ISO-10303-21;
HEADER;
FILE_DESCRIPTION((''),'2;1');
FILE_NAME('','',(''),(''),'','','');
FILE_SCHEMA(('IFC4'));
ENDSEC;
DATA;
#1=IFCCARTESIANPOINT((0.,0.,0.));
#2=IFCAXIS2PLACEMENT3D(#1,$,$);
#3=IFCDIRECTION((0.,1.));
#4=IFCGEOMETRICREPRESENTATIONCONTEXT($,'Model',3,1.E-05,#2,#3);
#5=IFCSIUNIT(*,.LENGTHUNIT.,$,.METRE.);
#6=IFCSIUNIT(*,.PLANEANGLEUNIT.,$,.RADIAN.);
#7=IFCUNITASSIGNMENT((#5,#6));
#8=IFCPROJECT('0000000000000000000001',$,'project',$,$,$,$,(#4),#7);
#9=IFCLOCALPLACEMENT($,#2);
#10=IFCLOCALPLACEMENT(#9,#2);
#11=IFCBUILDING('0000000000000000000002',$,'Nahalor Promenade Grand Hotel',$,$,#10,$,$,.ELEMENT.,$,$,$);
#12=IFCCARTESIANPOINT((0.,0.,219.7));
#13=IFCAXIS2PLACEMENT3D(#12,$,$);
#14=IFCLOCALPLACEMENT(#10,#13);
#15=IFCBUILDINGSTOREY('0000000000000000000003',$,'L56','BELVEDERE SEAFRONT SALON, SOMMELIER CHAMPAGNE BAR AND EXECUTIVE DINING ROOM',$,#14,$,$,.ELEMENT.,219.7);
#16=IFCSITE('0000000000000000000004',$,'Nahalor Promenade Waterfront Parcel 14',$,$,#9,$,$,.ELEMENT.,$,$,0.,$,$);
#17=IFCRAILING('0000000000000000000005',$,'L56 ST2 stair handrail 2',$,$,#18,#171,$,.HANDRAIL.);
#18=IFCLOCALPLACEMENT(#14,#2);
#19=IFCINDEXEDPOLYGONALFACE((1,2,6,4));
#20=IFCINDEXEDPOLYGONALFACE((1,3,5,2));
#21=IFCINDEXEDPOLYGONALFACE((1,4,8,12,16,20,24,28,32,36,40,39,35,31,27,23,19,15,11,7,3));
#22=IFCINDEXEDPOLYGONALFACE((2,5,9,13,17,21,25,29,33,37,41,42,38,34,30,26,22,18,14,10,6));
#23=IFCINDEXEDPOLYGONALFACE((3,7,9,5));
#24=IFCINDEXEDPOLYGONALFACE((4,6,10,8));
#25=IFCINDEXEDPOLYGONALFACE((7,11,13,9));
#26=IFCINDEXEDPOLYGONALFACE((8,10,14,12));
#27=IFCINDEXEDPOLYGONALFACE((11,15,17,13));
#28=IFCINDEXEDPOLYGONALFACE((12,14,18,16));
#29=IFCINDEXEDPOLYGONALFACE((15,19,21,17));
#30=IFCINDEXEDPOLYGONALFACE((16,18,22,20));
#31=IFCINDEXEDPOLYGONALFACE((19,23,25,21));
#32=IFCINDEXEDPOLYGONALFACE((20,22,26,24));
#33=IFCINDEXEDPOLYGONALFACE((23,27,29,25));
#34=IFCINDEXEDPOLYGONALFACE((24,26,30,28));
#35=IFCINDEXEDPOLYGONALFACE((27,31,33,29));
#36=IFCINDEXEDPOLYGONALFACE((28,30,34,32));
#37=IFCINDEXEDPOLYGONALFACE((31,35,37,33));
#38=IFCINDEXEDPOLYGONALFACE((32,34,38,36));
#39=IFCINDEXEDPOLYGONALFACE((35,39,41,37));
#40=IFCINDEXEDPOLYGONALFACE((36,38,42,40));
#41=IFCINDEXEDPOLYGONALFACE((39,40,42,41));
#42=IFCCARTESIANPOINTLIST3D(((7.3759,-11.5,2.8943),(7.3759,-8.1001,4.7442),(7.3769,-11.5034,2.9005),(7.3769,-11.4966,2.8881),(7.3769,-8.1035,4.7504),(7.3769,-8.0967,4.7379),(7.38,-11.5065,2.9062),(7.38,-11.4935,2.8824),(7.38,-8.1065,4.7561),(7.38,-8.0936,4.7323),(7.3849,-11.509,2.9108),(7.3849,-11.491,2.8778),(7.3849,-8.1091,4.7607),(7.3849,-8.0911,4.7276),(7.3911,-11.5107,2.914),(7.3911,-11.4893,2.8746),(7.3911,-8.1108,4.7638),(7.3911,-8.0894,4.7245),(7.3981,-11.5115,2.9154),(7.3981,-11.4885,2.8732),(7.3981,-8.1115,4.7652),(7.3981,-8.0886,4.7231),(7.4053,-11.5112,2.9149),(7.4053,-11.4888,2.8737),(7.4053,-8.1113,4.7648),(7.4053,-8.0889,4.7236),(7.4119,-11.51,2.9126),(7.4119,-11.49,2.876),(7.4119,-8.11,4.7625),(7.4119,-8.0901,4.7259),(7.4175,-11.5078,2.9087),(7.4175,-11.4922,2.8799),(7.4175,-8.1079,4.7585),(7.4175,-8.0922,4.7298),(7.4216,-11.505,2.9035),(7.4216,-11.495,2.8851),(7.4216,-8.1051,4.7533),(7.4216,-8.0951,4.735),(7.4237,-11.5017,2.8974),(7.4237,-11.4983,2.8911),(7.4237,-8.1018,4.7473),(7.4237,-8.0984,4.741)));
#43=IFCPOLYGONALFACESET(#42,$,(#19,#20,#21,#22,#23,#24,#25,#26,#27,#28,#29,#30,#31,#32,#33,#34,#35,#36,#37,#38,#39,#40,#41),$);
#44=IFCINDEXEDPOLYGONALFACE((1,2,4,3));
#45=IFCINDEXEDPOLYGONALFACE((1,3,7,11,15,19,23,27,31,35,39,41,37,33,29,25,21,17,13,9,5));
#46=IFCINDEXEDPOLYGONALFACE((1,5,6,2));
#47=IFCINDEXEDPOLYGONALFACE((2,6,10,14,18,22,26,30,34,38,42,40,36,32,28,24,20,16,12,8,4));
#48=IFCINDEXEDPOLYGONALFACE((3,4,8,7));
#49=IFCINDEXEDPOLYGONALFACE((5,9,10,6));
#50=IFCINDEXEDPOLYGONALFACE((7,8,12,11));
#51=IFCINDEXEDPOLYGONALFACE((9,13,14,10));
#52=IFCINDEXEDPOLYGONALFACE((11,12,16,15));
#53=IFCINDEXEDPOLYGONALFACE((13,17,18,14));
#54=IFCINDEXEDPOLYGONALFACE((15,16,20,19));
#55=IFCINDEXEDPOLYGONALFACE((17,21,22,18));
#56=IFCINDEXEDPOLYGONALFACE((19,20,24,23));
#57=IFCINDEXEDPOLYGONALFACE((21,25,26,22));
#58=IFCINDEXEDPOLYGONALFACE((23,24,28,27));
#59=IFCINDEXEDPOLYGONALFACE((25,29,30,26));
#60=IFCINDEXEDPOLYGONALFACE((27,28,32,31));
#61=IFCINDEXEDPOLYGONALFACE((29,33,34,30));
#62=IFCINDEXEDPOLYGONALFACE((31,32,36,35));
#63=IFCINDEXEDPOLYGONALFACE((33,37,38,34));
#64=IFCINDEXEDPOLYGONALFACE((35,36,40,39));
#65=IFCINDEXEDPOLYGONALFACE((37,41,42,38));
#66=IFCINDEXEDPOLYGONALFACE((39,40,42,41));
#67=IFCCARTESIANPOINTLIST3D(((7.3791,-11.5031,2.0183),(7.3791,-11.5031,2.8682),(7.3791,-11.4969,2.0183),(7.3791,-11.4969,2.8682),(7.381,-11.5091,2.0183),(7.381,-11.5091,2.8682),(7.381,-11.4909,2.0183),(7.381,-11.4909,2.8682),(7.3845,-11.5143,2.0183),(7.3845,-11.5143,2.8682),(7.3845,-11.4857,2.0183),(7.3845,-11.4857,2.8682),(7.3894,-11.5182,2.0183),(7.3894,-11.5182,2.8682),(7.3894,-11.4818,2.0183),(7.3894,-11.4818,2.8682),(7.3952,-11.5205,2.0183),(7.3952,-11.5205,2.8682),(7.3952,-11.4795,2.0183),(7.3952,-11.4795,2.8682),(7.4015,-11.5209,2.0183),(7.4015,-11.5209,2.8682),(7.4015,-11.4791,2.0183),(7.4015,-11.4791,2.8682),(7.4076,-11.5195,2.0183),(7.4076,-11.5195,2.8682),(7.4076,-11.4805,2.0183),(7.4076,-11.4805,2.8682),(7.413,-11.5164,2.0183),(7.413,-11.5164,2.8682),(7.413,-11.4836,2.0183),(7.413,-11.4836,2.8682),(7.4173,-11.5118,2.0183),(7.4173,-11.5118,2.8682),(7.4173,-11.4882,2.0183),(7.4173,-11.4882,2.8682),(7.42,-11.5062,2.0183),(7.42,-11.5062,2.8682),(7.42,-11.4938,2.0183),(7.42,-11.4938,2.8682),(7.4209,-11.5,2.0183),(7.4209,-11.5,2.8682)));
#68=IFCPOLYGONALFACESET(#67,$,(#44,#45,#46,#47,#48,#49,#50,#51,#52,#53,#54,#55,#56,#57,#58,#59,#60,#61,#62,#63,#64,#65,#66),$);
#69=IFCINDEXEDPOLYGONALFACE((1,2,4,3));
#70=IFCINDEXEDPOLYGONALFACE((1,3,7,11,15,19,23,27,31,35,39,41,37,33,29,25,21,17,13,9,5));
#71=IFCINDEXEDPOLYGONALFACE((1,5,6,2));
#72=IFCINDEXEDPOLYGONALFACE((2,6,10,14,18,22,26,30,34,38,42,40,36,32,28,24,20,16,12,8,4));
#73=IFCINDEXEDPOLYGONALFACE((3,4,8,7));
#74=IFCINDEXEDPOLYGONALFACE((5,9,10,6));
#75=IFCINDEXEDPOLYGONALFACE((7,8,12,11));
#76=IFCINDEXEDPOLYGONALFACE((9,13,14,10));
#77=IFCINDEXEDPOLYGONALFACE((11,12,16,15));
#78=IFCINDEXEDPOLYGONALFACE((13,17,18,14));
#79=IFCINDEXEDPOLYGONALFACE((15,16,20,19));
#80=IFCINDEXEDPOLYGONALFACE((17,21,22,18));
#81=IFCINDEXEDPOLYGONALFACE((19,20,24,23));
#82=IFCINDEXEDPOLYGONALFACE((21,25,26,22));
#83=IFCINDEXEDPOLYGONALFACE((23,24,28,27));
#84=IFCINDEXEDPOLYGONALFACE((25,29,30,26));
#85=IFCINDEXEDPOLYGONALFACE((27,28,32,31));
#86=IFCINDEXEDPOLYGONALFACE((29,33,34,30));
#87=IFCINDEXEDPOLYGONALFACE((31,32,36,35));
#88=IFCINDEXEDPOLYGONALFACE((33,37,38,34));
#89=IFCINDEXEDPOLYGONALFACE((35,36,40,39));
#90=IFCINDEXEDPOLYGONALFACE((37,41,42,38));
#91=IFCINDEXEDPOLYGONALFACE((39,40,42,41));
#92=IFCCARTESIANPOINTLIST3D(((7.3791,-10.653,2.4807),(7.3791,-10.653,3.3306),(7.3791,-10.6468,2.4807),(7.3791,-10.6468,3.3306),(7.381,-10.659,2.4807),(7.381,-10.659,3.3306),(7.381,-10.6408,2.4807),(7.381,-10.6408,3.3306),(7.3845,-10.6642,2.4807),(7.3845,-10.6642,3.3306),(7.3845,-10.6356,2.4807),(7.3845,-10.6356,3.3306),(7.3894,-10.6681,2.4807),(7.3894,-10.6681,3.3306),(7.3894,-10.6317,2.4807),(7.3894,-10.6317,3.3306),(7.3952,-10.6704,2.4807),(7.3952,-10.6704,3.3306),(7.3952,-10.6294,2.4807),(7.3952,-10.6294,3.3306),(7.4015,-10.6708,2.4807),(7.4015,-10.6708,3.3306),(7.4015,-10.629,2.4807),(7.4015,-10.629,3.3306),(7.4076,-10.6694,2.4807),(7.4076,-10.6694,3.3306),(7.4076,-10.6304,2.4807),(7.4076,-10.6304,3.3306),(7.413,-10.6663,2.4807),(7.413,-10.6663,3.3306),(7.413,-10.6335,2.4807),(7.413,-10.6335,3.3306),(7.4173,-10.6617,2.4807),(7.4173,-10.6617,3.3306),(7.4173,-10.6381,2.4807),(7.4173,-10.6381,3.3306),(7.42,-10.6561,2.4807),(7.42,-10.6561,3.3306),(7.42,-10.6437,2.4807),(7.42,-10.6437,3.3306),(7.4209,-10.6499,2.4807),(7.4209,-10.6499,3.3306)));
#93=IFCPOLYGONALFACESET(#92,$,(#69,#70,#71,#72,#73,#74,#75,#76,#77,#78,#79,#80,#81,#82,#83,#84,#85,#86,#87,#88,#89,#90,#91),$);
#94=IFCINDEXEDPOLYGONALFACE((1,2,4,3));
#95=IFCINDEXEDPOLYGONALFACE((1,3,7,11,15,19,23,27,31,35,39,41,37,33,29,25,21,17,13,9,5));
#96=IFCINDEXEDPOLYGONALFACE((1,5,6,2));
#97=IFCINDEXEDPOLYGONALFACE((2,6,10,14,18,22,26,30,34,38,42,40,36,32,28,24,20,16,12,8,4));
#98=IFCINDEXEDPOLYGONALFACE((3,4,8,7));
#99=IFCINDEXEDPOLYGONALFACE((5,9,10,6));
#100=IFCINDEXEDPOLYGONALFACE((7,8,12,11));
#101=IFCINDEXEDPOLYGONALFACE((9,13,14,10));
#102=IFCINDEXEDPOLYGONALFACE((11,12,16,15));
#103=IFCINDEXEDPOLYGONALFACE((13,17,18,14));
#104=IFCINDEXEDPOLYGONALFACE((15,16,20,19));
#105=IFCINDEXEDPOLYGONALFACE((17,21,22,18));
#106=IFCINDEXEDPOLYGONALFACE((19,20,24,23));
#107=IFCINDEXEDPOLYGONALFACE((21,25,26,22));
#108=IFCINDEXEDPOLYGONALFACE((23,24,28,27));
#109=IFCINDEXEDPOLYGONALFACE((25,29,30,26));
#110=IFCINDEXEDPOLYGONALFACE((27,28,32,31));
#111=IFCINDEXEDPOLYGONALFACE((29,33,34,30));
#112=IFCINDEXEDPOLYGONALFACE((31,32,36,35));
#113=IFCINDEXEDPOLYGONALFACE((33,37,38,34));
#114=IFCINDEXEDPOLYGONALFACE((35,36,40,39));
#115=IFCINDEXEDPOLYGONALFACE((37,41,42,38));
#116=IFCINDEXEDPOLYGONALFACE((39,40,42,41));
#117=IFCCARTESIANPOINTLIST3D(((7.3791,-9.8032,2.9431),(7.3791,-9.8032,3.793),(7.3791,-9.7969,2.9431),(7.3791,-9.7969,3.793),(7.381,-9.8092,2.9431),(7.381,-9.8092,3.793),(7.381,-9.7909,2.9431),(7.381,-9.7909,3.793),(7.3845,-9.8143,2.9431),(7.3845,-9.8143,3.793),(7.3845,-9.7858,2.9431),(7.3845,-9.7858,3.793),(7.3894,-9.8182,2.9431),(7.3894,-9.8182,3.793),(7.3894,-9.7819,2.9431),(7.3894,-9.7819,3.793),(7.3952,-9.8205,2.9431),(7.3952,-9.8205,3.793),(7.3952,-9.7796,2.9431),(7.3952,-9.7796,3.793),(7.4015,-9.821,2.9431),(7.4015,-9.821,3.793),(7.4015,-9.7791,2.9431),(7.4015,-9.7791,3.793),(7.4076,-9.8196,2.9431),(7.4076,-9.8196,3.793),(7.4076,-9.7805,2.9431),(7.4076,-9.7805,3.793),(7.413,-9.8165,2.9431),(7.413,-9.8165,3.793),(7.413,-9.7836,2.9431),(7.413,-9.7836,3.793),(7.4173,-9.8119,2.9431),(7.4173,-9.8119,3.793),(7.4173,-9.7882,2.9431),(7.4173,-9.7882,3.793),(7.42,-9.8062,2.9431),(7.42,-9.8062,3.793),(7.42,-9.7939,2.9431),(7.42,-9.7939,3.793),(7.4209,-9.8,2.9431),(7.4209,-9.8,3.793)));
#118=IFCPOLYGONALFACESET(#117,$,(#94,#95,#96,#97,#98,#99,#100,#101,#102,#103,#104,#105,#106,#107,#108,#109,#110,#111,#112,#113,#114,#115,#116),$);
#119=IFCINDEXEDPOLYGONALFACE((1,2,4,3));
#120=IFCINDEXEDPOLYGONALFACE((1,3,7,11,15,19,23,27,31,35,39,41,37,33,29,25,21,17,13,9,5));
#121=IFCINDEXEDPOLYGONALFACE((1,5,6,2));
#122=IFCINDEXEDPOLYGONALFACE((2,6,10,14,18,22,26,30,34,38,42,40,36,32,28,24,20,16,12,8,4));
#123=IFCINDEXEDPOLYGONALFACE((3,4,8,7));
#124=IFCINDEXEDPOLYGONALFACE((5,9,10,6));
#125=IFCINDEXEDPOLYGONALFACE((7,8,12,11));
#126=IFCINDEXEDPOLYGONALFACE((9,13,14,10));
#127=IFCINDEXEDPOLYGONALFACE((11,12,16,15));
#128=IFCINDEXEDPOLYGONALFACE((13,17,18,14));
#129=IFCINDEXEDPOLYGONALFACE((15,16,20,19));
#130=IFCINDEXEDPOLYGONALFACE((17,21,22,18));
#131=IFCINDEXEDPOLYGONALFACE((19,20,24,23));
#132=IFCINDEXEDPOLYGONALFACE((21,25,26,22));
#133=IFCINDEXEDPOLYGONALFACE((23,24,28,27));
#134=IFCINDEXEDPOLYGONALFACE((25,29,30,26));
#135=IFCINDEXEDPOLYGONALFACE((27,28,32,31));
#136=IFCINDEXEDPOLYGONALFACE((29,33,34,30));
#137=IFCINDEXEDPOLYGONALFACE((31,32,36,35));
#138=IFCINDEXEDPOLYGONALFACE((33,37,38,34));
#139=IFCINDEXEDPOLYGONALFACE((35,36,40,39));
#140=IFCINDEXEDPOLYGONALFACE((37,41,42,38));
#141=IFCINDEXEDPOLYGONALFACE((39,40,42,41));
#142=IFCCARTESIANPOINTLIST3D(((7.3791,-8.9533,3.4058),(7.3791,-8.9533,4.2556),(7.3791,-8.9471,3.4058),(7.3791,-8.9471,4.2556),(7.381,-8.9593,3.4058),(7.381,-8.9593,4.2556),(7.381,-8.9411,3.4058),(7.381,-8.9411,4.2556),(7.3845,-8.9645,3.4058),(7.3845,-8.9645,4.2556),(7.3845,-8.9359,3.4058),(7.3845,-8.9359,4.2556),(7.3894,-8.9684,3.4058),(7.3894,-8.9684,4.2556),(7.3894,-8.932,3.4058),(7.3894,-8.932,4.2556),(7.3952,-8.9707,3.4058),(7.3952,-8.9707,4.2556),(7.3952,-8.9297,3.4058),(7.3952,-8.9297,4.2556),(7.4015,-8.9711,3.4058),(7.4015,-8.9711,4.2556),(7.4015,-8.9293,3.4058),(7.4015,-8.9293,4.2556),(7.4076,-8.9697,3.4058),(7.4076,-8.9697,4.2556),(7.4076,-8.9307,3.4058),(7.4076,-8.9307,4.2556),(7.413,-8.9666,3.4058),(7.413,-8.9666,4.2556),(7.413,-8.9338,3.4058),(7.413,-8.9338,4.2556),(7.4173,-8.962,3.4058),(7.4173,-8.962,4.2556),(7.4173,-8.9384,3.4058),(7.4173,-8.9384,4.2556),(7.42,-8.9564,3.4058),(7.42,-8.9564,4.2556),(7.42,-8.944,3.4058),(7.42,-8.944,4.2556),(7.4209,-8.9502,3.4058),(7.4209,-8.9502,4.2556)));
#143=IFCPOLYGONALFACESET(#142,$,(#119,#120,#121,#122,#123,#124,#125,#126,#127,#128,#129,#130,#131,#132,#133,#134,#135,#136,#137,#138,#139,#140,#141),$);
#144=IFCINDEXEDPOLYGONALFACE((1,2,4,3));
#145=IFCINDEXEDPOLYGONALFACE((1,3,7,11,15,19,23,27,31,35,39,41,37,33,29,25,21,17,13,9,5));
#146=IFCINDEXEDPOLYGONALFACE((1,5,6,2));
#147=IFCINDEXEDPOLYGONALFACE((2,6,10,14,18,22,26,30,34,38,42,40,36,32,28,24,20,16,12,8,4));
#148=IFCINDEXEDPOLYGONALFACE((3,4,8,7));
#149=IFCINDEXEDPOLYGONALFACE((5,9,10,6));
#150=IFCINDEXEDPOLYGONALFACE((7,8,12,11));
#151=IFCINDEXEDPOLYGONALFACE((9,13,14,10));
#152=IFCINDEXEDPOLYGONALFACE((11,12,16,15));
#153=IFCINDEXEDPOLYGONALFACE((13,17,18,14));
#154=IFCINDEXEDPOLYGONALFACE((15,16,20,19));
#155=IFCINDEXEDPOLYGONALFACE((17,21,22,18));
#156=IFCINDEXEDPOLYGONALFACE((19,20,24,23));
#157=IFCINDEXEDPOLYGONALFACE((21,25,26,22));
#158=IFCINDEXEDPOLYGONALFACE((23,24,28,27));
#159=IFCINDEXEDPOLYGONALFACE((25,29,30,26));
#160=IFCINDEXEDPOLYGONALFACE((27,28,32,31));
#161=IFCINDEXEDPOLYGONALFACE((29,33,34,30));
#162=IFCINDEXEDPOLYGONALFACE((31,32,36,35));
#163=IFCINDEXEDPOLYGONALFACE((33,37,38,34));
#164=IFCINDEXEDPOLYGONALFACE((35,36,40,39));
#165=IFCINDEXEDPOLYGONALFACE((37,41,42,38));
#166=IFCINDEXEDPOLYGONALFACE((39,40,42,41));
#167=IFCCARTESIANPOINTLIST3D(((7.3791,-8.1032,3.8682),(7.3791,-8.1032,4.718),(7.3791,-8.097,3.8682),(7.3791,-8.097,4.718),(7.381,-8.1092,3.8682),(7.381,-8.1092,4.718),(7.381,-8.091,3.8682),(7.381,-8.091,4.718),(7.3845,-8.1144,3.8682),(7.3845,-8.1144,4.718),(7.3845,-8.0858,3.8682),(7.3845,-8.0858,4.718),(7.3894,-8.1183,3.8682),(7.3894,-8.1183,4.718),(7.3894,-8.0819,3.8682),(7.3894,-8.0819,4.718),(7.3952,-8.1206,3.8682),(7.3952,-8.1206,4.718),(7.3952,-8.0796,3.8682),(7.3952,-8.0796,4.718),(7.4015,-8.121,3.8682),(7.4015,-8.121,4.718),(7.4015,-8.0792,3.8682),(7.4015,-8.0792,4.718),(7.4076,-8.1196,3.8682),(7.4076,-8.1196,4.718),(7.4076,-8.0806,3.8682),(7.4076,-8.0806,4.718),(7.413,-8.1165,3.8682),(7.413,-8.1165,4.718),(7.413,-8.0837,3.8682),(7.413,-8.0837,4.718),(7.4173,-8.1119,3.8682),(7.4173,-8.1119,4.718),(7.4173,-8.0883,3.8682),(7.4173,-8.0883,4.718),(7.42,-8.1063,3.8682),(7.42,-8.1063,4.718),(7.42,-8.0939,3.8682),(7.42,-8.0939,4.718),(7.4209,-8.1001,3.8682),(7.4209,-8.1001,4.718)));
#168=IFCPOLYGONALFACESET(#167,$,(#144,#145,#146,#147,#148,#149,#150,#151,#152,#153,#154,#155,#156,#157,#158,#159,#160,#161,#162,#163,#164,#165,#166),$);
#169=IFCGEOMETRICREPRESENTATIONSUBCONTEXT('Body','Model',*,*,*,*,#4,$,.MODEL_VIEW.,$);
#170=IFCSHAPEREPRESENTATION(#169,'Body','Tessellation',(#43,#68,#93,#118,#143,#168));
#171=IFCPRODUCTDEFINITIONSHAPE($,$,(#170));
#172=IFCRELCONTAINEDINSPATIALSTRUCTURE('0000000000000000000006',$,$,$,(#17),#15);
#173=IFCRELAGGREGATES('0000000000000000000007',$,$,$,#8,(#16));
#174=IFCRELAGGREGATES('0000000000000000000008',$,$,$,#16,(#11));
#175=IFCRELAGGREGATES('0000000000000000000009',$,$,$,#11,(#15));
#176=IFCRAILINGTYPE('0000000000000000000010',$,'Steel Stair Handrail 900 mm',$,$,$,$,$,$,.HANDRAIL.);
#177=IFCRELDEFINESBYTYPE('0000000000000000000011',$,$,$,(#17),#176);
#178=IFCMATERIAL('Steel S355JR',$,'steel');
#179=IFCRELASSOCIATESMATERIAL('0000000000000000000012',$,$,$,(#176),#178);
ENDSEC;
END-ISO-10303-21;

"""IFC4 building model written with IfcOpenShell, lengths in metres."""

from ifc_helpers import new_model, si_unit, direction, frame, origin, origin_2d, place, context, subcontext, project, spatial, circle, extrude, material, type_object, element, save


model = new_model("IFC4")

# Units and contexts
model_context = context("Model", 3, precision=1e-05, world=origin(), true_north=direction((0.0, 1.0)))
body_context = subcontext(model_context, "Body", "Model", "MODEL_VIEW")
ifc_project = project(units=[si_unit("LENGTHUNIT", "METRE"), si_unit("PLANEANGLEUNIT", "RADIAN")], contexts=[model_context])

# Site, building, storey
site_placement = place(None, origin())
site = spatial("IfcSite", under=ifc_project, at=site_placement, Name="Nahalor Promenade Waterfront Parcel 14", CompositionType="ELEMENT", RefElevation=0.0)
building_placement = place(site_placement, origin())
building = spatial("IfcBuilding", under=site, at=building_placement, Name="Nahalor Promenade Grand Hotel", CompositionType="ELEMENT")
storey_placement = place(building_placement, frame((0.0, 0.0, 219.7)))
storey = spatial("IfcBuildingStorey", under=building, at=storey_placement, Name="L56", Description="BELVEDERE SEAFRONT SALON, SOMMELIER CHAMPAGNE BAR AND EXECUTIVE DINING ROOM", CompositionType="ELEMENT", Elevation=219.7)

# Shared definitions
ifc_material_1 = material(Name="Steel S355JR", Category="steel")

# Railing
railing_type_1 = type_object("IfcRailingType", Name="Steel Stair Handrail 900 mm", PredefinedType="HANDRAIL", material=ifc_material_1)
railing_1_placement = place(storey_placement, frame((7.3999, -11.5, 2.0183)))
element("IfcRailing", 1, at=railing_1_placement, inside=storey, type_object=railing_type_1, Name="L56 ST2 stair handrail 2", PredefinedType="HANDRAIL", context=body_context, shape_type="SweptSolid", body=[
    extrude(circle(Radius=0.024, at=origin_2d()), frame((0.0, 0.0, 0.876), z_axis=(0.0, 0.878399, 0.477928), x_axis=(-1.0, 0.0, 0.0)), (0.0, 0.0, 1.0), 3.8706),
    extrude(circle(Radius=0.021, at=origin_2d()), origin(), (0.0, 0.0, 1.0), 0.8499),
    extrude(circle(Radius=0.021, at=origin_2d()), frame((0.0, 0.8501, 0.4624)), (0.0, 0.0, 1.0), 0.8499),
    extrude(circle(Radius=0.021, at=origin_2d()), frame((0.0, 1.7, 0.9248)), (0.0, 0.0, 1.0), 0.8499),
    extrude(circle(Radius=0.021, at=origin_2d()), frame((0.0, 2.5498, 1.3875)), (0.0, 0.0, 1.0), 0.8499),
    extrude(circle(Radius=0.021, at=origin_2d()), frame((0.0, 3.3999, 1.8499)), (0.0, 0.0, 1.0), 0.8499),
])

save(model, "model.ifc")
